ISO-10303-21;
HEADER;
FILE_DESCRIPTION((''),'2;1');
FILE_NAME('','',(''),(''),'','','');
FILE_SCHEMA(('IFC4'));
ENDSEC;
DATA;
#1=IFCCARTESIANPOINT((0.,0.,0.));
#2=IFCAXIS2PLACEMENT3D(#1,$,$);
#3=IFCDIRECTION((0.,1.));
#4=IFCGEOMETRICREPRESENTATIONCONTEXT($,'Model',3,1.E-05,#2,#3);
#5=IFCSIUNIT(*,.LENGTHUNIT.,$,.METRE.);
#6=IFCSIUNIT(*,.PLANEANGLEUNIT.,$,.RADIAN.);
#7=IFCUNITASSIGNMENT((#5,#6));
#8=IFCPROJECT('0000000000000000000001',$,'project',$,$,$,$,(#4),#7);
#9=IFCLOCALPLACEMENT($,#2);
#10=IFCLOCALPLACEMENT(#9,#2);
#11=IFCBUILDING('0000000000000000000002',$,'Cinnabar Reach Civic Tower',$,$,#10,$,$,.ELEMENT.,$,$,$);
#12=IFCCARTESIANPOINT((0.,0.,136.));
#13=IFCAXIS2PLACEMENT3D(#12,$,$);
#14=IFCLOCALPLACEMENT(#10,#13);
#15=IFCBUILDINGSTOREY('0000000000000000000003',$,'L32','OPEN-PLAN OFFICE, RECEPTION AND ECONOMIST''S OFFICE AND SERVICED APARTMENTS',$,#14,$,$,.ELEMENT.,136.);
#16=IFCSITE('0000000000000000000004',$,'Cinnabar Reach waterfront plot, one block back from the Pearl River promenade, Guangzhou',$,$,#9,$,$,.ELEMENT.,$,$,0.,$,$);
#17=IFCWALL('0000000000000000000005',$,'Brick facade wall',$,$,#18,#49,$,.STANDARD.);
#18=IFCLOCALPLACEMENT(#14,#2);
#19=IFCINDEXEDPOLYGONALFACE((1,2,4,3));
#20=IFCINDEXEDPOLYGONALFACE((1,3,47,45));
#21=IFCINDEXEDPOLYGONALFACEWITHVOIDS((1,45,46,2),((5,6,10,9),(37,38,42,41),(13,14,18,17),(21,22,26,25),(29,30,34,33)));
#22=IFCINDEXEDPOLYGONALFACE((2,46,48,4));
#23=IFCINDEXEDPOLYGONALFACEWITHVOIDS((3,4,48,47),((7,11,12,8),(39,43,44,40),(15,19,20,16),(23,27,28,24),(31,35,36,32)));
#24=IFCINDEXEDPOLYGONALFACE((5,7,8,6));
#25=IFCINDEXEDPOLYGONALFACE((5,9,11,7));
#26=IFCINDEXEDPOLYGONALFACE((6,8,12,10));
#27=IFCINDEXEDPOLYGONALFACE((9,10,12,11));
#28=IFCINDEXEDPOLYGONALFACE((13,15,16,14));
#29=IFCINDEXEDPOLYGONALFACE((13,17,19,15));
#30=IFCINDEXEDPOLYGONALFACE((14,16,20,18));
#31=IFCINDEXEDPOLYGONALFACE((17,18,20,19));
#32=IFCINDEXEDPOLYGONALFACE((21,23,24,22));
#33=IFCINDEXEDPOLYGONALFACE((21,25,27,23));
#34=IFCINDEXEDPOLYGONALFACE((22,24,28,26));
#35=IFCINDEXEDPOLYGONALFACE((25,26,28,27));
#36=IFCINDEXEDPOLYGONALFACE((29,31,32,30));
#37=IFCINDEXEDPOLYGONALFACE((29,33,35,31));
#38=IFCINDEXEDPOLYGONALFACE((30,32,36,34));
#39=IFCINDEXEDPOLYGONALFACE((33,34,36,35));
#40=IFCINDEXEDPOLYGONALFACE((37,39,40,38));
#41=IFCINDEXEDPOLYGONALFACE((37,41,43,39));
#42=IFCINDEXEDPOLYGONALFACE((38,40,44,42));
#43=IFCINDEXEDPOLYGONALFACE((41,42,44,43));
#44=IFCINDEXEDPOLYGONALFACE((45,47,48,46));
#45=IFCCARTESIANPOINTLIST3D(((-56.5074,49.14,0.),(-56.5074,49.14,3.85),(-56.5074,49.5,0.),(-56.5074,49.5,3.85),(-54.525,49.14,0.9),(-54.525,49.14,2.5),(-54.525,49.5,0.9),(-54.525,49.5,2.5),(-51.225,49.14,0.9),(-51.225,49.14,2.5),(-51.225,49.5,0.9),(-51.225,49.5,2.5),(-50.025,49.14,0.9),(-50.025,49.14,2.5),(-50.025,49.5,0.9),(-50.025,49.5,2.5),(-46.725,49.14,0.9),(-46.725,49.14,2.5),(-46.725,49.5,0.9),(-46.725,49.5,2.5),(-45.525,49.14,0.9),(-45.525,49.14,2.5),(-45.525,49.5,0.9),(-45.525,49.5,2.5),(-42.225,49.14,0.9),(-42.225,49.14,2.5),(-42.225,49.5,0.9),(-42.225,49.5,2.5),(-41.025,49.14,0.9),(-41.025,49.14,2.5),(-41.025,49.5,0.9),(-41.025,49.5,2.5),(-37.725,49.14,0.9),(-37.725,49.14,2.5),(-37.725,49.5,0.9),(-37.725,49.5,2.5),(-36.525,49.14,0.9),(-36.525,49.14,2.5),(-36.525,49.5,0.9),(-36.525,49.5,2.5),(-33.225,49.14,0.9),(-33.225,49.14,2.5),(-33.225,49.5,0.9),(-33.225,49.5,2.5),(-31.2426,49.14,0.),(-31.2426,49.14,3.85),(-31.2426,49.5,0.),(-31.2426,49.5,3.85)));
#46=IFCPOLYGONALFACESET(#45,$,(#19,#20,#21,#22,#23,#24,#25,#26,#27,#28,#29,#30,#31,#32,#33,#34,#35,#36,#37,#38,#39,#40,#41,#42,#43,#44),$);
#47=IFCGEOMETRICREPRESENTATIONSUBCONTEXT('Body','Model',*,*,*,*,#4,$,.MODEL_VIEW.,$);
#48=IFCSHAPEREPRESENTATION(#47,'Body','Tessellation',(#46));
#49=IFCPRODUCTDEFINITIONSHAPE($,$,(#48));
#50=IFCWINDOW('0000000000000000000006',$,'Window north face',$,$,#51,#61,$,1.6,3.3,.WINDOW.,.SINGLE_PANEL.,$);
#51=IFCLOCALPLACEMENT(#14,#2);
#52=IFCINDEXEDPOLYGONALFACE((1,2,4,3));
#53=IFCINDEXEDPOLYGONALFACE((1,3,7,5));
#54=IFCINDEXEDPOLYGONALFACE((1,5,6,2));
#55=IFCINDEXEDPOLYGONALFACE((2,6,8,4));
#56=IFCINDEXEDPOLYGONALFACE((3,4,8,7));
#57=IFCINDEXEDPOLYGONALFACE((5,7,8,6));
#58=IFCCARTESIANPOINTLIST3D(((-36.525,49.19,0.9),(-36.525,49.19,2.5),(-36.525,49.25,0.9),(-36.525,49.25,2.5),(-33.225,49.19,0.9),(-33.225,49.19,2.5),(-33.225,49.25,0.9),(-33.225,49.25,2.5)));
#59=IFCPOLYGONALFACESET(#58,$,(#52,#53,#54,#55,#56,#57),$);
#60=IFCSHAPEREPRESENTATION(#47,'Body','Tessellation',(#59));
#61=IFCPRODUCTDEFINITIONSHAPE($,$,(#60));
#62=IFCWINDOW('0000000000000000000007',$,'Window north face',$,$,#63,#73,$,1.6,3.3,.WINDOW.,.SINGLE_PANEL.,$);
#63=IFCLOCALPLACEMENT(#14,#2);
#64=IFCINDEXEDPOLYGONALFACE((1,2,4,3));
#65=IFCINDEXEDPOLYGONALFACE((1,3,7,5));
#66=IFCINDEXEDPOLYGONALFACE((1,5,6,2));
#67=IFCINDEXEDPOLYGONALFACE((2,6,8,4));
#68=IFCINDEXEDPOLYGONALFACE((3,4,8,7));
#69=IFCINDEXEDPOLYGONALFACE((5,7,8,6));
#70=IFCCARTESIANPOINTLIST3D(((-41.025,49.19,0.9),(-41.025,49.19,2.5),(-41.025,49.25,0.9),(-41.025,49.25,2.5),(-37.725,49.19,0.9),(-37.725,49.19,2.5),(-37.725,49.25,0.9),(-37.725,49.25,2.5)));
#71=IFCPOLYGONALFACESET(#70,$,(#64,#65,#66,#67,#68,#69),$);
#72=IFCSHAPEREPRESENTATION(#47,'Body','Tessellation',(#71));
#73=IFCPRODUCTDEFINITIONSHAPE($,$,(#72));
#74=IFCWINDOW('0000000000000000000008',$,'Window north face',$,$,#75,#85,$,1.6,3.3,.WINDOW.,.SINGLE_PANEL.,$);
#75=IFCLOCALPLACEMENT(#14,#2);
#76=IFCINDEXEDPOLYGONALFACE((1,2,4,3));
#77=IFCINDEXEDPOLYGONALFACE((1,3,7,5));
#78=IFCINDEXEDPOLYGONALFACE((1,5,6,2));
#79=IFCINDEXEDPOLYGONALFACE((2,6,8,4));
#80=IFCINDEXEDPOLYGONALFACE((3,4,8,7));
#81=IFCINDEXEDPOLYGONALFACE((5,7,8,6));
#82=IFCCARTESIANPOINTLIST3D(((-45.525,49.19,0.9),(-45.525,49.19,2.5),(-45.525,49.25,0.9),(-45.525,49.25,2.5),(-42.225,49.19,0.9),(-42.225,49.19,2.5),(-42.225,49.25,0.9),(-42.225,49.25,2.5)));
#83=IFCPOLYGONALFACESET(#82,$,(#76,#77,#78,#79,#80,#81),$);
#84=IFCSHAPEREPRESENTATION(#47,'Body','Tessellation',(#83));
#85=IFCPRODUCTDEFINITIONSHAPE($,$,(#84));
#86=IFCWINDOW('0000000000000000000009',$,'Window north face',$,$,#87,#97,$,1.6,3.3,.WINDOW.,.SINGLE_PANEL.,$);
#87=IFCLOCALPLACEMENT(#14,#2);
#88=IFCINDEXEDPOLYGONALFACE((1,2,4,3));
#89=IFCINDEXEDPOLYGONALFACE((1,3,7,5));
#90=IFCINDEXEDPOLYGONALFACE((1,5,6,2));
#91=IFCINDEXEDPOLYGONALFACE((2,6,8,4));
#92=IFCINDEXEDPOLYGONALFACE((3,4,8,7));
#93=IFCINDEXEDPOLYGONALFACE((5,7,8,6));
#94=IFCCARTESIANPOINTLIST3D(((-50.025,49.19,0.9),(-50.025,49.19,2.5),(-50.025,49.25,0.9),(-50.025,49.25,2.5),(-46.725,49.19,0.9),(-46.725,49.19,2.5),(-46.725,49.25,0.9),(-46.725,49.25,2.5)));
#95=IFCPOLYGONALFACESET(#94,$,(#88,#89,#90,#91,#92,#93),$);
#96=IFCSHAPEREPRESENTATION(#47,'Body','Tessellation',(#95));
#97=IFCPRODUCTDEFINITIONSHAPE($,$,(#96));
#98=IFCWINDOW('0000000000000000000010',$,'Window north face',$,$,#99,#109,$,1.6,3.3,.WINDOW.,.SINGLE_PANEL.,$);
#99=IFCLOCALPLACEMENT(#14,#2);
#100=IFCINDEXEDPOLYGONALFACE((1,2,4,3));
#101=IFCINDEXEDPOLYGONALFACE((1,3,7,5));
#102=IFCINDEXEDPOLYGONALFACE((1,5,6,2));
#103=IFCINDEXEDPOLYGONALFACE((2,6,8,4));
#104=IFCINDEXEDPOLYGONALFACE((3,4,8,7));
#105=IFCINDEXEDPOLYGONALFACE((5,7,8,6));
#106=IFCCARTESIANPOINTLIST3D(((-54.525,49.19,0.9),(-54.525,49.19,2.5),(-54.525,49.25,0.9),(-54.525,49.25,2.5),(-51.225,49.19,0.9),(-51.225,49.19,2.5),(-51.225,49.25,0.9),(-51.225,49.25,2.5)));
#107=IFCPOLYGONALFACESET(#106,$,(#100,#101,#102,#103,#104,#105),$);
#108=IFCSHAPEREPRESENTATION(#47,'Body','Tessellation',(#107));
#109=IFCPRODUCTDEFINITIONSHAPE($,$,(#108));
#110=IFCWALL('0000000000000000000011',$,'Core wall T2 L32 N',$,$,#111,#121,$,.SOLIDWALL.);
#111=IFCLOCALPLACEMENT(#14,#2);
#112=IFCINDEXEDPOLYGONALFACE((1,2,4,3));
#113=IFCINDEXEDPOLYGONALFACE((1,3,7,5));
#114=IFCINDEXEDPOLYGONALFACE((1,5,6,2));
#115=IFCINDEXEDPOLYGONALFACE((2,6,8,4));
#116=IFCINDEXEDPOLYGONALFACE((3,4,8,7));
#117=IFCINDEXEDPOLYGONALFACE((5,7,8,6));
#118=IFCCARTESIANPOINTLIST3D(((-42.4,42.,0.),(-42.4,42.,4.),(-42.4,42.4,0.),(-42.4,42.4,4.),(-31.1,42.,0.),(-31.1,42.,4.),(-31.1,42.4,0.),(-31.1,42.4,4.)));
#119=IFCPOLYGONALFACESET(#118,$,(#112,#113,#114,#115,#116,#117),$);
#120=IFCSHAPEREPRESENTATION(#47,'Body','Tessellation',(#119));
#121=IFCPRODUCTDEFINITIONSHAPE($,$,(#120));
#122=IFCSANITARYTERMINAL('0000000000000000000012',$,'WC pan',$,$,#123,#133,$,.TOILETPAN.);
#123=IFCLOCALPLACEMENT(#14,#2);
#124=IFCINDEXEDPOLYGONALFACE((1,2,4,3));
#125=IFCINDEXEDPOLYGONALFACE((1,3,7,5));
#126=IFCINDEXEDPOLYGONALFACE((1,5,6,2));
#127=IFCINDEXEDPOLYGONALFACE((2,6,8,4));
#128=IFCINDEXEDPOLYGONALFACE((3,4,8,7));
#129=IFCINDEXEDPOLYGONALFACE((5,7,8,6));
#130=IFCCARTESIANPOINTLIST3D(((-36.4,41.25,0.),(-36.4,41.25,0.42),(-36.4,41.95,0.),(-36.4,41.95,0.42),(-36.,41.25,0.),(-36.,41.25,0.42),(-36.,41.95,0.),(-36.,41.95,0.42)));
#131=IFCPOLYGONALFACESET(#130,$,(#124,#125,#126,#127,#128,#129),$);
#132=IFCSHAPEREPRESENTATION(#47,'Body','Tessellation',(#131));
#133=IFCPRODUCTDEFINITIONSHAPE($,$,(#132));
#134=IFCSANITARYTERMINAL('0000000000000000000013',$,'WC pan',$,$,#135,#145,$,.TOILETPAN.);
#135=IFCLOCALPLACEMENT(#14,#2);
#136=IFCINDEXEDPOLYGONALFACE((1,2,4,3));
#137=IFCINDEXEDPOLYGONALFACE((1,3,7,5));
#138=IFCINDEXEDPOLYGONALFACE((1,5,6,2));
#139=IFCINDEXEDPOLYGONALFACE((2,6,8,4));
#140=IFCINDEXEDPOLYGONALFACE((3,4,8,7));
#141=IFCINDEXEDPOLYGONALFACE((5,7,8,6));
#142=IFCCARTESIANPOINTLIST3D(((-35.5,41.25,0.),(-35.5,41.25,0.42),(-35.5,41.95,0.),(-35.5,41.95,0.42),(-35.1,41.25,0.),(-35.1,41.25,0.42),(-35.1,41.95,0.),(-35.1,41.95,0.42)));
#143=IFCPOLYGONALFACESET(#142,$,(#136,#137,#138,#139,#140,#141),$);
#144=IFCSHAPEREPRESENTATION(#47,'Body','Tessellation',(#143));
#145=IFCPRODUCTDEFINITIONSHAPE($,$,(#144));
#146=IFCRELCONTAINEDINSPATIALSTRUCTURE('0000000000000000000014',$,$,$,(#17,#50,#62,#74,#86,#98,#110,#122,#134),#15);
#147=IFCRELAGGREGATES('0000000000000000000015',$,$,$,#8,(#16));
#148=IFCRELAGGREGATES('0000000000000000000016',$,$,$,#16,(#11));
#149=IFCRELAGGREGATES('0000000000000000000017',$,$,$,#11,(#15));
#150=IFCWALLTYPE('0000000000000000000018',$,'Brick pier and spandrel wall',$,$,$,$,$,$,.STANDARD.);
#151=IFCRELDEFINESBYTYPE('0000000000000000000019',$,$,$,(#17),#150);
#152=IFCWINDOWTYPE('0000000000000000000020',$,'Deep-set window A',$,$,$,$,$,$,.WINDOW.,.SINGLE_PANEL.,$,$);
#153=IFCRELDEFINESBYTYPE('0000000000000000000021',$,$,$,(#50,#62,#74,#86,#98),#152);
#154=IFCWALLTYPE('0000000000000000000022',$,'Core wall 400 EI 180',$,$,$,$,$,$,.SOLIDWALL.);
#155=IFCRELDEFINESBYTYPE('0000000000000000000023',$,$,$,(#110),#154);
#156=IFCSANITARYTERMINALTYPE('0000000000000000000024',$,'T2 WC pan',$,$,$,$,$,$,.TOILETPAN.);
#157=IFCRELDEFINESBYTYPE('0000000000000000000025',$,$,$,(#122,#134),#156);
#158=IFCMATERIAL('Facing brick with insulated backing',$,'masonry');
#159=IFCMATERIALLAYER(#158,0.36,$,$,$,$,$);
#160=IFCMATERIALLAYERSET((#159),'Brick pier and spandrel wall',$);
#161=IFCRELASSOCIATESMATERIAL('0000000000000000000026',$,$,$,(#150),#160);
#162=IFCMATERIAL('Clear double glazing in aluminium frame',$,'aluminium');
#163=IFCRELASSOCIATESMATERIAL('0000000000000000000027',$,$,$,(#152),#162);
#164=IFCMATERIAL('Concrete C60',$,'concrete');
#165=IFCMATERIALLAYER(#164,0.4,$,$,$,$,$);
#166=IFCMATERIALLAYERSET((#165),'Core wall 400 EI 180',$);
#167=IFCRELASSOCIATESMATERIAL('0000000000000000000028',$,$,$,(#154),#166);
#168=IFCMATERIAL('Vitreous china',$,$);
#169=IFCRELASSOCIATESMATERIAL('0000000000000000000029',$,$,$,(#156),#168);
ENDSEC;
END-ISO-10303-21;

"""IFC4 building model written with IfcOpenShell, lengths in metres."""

from ifc_helpers import new_model, si_unit, direction, frame, frame_2d, origin, origin_2d, place, context, subcontext, project, spatial, rectangle, extrude, material, layer, layer_set, type_object, element, fill, save


model = new_model("IFC4")

# Units and contexts
model_context = context("Model", 3, precision=1e-05, world=origin(), true_north=direction((0.0, 1.0)))
body_context = subcontext(model_context, "Body", "Model", "MODEL_VIEW")
ifc_project = project(units=[si_unit("LENGTHUNIT", "METRE"), si_unit("PLANEANGLEUNIT", "RADIAN")], contexts=[model_context])

# Site, building, storey
site_placement = place(None, origin())
site = spatial("IfcSite", under=ifc_project, at=site_placement, Name="Cinnabar Reach waterfront plot, one block back from the Pearl River promenade, Guangzhou", CompositionType="ELEMENT", RefElevation=0.0)
building_placement = place(site_placement, origin())
building = spatial("IfcBuilding", under=site, at=building_placement, Name="Cinnabar Reach Civic Tower", CompositionType="ELEMENT")
storey_placement = place(building_placement, frame((0.0, 0.0, 136.0)))
storey = spatial("IfcBuildingStorey", under=building, at=storey_placement, Name="L32", Description="OPEN-PLAN OFFICE, RECEPTION AND ECONOMIST'S OFFICE AND SERVICED APARTMENTS", CompositionType="ELEMENT", Elevation=136.0)

# Shared definitions
ifc_material_1 = material(Name="Concrete C60", Category="concrete")

# Shared definitions
ifc_material_2 = material(Name="Facing brick with insulated backing", Category="masonry")

# Wall, openings, windows
ifc_layer_1 = layer(ifc_material_2, 0.36)
ifc_layer_set_1 = layer_set([ifc_layer_1], Name="Brick pier and spandrel wall")
wall_type_1 = type_object("IfcWallType", Name="Brick pier and spandrel wall", PredefinedType="STANDARD", material=ifc_layer_set_1)
wall_1_placement = place(storey_placement, frame((-31.2426, 49.32, 0.0), z_axis=(0.0, 0.0, 1.0), x_axis=(-1.0, 0.0, 0.0)))
wall_1 = element("IfcWall", 1, at=wall_1_placement, inside=storey, type_object=wall_type_1, Name="Brick facade wall", PredefinedType="STANDARD", context=body_context, shape_type="SweptSolid", body=[
    extrude(rectangle(XDim=25.2648, YDim=0.36, at=frame_2d((12.6324, 0.0))), origin(), (0.0, 0.0, 1.0), 3.85),
])
opening_1_placement = place(wall_1_placement, frame((1.9824, 0.0, 0.9)))
opening_1 = element("IfcOpeningElement", 2, at=opening_1_placement, cuts=wall_1, PredefinedType="OPENING", context=body_context, shape_type="SweptSolid", body=[
    extrude(rectangle(XDim=3.3, YDim=1.6, at=frame_2d((1.65, 0.8))), frame((0.0, 0.19, 0.0), z_axis=(0.0, -1.0, 0.0), x_axis=(1.0, 0.0, 0.0)), (0.0, 0.0, 1.0), 0.38),
])
opening_2_placement = place(wall_1_placement, frame((6.4824, 0.0, 0.9)))
opening_2 = element("IfcOpeningElement", 3, at=opening_2_placement, cuts=wall_1, PredefinedType="OPENING", context=body_context, shape_type="SweptSolid", body=[
    extrude(rectangle(XDim=3.3, YDim=1.6, at=frame_2d((1.65, 0.8))), frame((0.0, 0.19, 0.0), z_axis=(0.0, -1.0, 0.0), x_axis=(1.0, 0.0, 0.0)), (0.0, 0.0, 1.0), 0.38),
])
opening_3_placement = place(wall_1_placement, frame((10.9824, 0.0, 0.9)))
opening_3 = element("IfcOpeningElement", 4, at=opening_3_placement, cuts=wall_1, PredefinedType="OPENING", context=body_context, shape_type="SweptSolid", body=[
    extrude(rectangle(XDim=3.3, YDim=1.6, at=frame_2d((1.65, 0.8))), frame((0.0, 0.19, 0.0), z_axis=(0.0, -1.0, 0.0), x_axis=(1.0, 0.0, 0.0)), (0.0, 0.0, 1.0), 0.38),
])
opening_4_placement = place(wall_1_placement, frame((15.4824, 0.0, 0.9)))
opening_4 = element("IfcOpeningElement", 5, at=opening_4_placement, cuts=wall_1, PredefinedType="OPENING", context=body_context, shape_type="SweptSolid", body=[
    extrude(rectangle(XDim=3.3, YDim=1.6, at=frame_2d((1.65, 0.8))), frame((0.0, 0.19, 0.0), z_axis=(0.0, -1.0, 0.0), x_axis=(1.0, 0.0, 0.0)), (0.0, 0.0, 1.0), 0.38),
])
opening_5_placement = place(wall_1_placement, frame((19.9824, 0.0, 0.9)))
opening_5 = element("IfcOpeningElement", 6, at=opening_5_placement, cuts=wall_1, PredefinedType="OPENING", context=body_context, shape_type="SweptSolid", body=[
    extrude(rectangle(XDim=3.3, YDim=1.6, at=frame_2d((1.65, 0.8))), frame((0.0, 0.19, 0.0), z_axis=(0.0, -1.0, 0.0), x_axis=(1.0, 0.0, 0.0)), (0.0, 0.0, 1.0), 0.38),
])
ifc_material_3 = material(Name="Clear double glazing in aluminium frame", Category="aluminium")
window_type = type_object("IfcWindowType", Name="Deep-set window A", PartitioningType="SINGLE_PANEL", PredefinedType="WINDOW", material=ifc_material_3)
window_1_placement = place(opening_1_placement, origin())
window_1 = element("IfcWindow", 7, at=window_1_placement, inside=storey, type_object=window_type, Name="Window north face", OverallHeight=1.6, OverallWidth=3.3, PartitioningType="SINGLE_PANEL", PredefinedType="WINDOW", context=body_context, shape_type="SweptSolid", body=[
    extrude(rectangle(XDim=3.3, YDim=1.6, at=frame_2d((1.65, 0.8))), frame((0.0, 0.13, 0.0), z_axis=(0.0, -1.0, 0.0), x_axis=(1.0, 0.0, 0.0)), (0.0, 0.0, 1.0), 0.06),
])
fill(opening_1, window_1)
window_2_placement = place(opening_2_placement, origin())
window_2 = element("IfcWindow", 8, at=window_2_placement, inside=storey, type_object=window_type, Name="Window north face", OverallHeight=1.6, OverallWidth=3.3, PartitioningType="SINGLE_PANEL", PredefinedType="WINDOW", context=body_context, shape_type="SweptSolid", body=[
    extrude(rectangle(XDim=3.3, YDim=1.6, at=frame_2d((1.65, 0.8))), frame((0.0, 0.13, 0.0), z_axis=(0.0, -1.0, 0.0), x_axis=(1.0, 0.0, 0.0)), (0.0, 0.0, 1.0), 0.06),
])
fill(opening_2, window_2)
window_3_placement = place(opening_3_placement, origin())
window_3 = element("IfcWindow", 9, at=window_3_placement, inside=storey, type_object=window_type, Name="Window north face", OverallHeight=1.6, OverallWidth=3.3, PartitioningType="SINGLE_PANEL", PredefinedType="WINDOW", context=body_context, shape_type="SweptSolid", body=[
    extrude(rectangle(XDim=3.3, YDim=1.6, at=frame_2d((1.65, 0.8))), frame((0.0, 0.13, 0.0), z_axis=(0.0, -1.0, 0.0), x_axis=(1.0, 0.0, 0.0)), (0.0, 0.0, 1.0), 0.06),
])
fill(opening_3, window_3)
window_4_placement = place(opening_4_placement, origin())
window_4 = element("IfcWindow", 10, at=window_4_placement, inside=storey, type_object=window_type, Name="Window north face", OverallHeight=1.6, OverallWidth=3.3, PartitioningType="SINGLE_PANEL", PredefinedType="WINDOW", context=body_context, shape_type="SweptSolid", body=[
    extrude(rectangle(XDim=3.3, YDim=1.6, at=frame_2d((1.65, 0.8))), frame((0.0, 0.13, 0.0), z_axis=(0.0, -1.0, 0.0), x_axis=(1.0, 0.0, 0.0)), (0.0, 0.0, 1.0), 0.06),
])
fill(opening_4, window_4)
window_5_placement = place(opening_5_placement, origin())
window_5 = element("IfcWindow", 11, at=window_5_placement, inside=storey, type_object=window_type, Name="Window north face", OverallHeight=1.6, OverallWidth=3.3, PartitioningType="SINGLE_PANEL", PredefinedType="WINDOW", context=body_context, shape_type="SweptSolid", body=[
    extrude(rectangle(XDim=3.3, YDim=1.6, at=frame_2d((1.65, 0.8))), frame((0.0, 0.13, 0.0), z_axis=(0.0, -1.0, 0.0), x_axis=(1.0, 0.0, 0.0)), (0.0, 0.0, 1.0), 0.06),
])
fill(opening_5, window_5)

# Wall
ifc_layer_2 = layer(ifc_material_1, 0.4)
ifc_layer_set_2 = layer_set([ifc_layer_2], Name="Core wall 400 EI 180")
wall_type_2 = type_object("IfcWallType", Name="Core wall 400 EI 180", PredefinedType="SOLIDWALL", material=ifc_layer_set_2)
wall_2_placement = place(storey_placement, frame((-31.1, 42.2, 0.0), z_axis=(0.0, 0.0, 1.0), x_axis=(-1.0, 0.0, 0.0)))
element("IfcWall", 12, at=wall_2_placement, inside=storey, type_object=wall_type_2, Name="Core wall T2 L32 N", PredefinedType="SOLIDWALL", context=body_context, shape_type="SweptSolid", body=[
    extrude(rectangle(XDim=11.3, YDim=0.4, at=frame_2d((5.65, 0.0))), origin(), (0.0, 0.0, 1.0), 4.0),
])

# Sanitary terminals
ifc_material_4 = material(Name="Vitreous china")
sanitary_terminal_type = type_object("IfcSanitaryTerminalType", Name="T2 WC pan", PredefinedType="TOILETPAN", material=ifc_material_4)
for number, where, z_axis, x_axis, name in (
    (13, (-36.2, 41.6, 0.0), (0.0, 0.0, 1.0), (1.0, 0.0, 0.0), "WC pan"),
    (14, (-35.3, 41.6, 0.0), (0.0, 0.0, 1.0), (1.0, 0.0, 0.0), "WC pan"),
):
    element("IfcSanitaryTerminal", number, at=place(storey_placement, frame(where, z_axis=z_axis, x_axis=x_axis)), inside=storey, type_object=sanitary_terminal_type, Name=name, PredefinedType="TOILETPAN", context=body_context, shape_type="SweptSolid", body=[
        extrude(rectangle(XDim=0.4, YDim=0.7, at=origin_2d()), origin(), (0.0, 0.0, 1.0), 0.42),
    ])

save(model, "model.ifc")
